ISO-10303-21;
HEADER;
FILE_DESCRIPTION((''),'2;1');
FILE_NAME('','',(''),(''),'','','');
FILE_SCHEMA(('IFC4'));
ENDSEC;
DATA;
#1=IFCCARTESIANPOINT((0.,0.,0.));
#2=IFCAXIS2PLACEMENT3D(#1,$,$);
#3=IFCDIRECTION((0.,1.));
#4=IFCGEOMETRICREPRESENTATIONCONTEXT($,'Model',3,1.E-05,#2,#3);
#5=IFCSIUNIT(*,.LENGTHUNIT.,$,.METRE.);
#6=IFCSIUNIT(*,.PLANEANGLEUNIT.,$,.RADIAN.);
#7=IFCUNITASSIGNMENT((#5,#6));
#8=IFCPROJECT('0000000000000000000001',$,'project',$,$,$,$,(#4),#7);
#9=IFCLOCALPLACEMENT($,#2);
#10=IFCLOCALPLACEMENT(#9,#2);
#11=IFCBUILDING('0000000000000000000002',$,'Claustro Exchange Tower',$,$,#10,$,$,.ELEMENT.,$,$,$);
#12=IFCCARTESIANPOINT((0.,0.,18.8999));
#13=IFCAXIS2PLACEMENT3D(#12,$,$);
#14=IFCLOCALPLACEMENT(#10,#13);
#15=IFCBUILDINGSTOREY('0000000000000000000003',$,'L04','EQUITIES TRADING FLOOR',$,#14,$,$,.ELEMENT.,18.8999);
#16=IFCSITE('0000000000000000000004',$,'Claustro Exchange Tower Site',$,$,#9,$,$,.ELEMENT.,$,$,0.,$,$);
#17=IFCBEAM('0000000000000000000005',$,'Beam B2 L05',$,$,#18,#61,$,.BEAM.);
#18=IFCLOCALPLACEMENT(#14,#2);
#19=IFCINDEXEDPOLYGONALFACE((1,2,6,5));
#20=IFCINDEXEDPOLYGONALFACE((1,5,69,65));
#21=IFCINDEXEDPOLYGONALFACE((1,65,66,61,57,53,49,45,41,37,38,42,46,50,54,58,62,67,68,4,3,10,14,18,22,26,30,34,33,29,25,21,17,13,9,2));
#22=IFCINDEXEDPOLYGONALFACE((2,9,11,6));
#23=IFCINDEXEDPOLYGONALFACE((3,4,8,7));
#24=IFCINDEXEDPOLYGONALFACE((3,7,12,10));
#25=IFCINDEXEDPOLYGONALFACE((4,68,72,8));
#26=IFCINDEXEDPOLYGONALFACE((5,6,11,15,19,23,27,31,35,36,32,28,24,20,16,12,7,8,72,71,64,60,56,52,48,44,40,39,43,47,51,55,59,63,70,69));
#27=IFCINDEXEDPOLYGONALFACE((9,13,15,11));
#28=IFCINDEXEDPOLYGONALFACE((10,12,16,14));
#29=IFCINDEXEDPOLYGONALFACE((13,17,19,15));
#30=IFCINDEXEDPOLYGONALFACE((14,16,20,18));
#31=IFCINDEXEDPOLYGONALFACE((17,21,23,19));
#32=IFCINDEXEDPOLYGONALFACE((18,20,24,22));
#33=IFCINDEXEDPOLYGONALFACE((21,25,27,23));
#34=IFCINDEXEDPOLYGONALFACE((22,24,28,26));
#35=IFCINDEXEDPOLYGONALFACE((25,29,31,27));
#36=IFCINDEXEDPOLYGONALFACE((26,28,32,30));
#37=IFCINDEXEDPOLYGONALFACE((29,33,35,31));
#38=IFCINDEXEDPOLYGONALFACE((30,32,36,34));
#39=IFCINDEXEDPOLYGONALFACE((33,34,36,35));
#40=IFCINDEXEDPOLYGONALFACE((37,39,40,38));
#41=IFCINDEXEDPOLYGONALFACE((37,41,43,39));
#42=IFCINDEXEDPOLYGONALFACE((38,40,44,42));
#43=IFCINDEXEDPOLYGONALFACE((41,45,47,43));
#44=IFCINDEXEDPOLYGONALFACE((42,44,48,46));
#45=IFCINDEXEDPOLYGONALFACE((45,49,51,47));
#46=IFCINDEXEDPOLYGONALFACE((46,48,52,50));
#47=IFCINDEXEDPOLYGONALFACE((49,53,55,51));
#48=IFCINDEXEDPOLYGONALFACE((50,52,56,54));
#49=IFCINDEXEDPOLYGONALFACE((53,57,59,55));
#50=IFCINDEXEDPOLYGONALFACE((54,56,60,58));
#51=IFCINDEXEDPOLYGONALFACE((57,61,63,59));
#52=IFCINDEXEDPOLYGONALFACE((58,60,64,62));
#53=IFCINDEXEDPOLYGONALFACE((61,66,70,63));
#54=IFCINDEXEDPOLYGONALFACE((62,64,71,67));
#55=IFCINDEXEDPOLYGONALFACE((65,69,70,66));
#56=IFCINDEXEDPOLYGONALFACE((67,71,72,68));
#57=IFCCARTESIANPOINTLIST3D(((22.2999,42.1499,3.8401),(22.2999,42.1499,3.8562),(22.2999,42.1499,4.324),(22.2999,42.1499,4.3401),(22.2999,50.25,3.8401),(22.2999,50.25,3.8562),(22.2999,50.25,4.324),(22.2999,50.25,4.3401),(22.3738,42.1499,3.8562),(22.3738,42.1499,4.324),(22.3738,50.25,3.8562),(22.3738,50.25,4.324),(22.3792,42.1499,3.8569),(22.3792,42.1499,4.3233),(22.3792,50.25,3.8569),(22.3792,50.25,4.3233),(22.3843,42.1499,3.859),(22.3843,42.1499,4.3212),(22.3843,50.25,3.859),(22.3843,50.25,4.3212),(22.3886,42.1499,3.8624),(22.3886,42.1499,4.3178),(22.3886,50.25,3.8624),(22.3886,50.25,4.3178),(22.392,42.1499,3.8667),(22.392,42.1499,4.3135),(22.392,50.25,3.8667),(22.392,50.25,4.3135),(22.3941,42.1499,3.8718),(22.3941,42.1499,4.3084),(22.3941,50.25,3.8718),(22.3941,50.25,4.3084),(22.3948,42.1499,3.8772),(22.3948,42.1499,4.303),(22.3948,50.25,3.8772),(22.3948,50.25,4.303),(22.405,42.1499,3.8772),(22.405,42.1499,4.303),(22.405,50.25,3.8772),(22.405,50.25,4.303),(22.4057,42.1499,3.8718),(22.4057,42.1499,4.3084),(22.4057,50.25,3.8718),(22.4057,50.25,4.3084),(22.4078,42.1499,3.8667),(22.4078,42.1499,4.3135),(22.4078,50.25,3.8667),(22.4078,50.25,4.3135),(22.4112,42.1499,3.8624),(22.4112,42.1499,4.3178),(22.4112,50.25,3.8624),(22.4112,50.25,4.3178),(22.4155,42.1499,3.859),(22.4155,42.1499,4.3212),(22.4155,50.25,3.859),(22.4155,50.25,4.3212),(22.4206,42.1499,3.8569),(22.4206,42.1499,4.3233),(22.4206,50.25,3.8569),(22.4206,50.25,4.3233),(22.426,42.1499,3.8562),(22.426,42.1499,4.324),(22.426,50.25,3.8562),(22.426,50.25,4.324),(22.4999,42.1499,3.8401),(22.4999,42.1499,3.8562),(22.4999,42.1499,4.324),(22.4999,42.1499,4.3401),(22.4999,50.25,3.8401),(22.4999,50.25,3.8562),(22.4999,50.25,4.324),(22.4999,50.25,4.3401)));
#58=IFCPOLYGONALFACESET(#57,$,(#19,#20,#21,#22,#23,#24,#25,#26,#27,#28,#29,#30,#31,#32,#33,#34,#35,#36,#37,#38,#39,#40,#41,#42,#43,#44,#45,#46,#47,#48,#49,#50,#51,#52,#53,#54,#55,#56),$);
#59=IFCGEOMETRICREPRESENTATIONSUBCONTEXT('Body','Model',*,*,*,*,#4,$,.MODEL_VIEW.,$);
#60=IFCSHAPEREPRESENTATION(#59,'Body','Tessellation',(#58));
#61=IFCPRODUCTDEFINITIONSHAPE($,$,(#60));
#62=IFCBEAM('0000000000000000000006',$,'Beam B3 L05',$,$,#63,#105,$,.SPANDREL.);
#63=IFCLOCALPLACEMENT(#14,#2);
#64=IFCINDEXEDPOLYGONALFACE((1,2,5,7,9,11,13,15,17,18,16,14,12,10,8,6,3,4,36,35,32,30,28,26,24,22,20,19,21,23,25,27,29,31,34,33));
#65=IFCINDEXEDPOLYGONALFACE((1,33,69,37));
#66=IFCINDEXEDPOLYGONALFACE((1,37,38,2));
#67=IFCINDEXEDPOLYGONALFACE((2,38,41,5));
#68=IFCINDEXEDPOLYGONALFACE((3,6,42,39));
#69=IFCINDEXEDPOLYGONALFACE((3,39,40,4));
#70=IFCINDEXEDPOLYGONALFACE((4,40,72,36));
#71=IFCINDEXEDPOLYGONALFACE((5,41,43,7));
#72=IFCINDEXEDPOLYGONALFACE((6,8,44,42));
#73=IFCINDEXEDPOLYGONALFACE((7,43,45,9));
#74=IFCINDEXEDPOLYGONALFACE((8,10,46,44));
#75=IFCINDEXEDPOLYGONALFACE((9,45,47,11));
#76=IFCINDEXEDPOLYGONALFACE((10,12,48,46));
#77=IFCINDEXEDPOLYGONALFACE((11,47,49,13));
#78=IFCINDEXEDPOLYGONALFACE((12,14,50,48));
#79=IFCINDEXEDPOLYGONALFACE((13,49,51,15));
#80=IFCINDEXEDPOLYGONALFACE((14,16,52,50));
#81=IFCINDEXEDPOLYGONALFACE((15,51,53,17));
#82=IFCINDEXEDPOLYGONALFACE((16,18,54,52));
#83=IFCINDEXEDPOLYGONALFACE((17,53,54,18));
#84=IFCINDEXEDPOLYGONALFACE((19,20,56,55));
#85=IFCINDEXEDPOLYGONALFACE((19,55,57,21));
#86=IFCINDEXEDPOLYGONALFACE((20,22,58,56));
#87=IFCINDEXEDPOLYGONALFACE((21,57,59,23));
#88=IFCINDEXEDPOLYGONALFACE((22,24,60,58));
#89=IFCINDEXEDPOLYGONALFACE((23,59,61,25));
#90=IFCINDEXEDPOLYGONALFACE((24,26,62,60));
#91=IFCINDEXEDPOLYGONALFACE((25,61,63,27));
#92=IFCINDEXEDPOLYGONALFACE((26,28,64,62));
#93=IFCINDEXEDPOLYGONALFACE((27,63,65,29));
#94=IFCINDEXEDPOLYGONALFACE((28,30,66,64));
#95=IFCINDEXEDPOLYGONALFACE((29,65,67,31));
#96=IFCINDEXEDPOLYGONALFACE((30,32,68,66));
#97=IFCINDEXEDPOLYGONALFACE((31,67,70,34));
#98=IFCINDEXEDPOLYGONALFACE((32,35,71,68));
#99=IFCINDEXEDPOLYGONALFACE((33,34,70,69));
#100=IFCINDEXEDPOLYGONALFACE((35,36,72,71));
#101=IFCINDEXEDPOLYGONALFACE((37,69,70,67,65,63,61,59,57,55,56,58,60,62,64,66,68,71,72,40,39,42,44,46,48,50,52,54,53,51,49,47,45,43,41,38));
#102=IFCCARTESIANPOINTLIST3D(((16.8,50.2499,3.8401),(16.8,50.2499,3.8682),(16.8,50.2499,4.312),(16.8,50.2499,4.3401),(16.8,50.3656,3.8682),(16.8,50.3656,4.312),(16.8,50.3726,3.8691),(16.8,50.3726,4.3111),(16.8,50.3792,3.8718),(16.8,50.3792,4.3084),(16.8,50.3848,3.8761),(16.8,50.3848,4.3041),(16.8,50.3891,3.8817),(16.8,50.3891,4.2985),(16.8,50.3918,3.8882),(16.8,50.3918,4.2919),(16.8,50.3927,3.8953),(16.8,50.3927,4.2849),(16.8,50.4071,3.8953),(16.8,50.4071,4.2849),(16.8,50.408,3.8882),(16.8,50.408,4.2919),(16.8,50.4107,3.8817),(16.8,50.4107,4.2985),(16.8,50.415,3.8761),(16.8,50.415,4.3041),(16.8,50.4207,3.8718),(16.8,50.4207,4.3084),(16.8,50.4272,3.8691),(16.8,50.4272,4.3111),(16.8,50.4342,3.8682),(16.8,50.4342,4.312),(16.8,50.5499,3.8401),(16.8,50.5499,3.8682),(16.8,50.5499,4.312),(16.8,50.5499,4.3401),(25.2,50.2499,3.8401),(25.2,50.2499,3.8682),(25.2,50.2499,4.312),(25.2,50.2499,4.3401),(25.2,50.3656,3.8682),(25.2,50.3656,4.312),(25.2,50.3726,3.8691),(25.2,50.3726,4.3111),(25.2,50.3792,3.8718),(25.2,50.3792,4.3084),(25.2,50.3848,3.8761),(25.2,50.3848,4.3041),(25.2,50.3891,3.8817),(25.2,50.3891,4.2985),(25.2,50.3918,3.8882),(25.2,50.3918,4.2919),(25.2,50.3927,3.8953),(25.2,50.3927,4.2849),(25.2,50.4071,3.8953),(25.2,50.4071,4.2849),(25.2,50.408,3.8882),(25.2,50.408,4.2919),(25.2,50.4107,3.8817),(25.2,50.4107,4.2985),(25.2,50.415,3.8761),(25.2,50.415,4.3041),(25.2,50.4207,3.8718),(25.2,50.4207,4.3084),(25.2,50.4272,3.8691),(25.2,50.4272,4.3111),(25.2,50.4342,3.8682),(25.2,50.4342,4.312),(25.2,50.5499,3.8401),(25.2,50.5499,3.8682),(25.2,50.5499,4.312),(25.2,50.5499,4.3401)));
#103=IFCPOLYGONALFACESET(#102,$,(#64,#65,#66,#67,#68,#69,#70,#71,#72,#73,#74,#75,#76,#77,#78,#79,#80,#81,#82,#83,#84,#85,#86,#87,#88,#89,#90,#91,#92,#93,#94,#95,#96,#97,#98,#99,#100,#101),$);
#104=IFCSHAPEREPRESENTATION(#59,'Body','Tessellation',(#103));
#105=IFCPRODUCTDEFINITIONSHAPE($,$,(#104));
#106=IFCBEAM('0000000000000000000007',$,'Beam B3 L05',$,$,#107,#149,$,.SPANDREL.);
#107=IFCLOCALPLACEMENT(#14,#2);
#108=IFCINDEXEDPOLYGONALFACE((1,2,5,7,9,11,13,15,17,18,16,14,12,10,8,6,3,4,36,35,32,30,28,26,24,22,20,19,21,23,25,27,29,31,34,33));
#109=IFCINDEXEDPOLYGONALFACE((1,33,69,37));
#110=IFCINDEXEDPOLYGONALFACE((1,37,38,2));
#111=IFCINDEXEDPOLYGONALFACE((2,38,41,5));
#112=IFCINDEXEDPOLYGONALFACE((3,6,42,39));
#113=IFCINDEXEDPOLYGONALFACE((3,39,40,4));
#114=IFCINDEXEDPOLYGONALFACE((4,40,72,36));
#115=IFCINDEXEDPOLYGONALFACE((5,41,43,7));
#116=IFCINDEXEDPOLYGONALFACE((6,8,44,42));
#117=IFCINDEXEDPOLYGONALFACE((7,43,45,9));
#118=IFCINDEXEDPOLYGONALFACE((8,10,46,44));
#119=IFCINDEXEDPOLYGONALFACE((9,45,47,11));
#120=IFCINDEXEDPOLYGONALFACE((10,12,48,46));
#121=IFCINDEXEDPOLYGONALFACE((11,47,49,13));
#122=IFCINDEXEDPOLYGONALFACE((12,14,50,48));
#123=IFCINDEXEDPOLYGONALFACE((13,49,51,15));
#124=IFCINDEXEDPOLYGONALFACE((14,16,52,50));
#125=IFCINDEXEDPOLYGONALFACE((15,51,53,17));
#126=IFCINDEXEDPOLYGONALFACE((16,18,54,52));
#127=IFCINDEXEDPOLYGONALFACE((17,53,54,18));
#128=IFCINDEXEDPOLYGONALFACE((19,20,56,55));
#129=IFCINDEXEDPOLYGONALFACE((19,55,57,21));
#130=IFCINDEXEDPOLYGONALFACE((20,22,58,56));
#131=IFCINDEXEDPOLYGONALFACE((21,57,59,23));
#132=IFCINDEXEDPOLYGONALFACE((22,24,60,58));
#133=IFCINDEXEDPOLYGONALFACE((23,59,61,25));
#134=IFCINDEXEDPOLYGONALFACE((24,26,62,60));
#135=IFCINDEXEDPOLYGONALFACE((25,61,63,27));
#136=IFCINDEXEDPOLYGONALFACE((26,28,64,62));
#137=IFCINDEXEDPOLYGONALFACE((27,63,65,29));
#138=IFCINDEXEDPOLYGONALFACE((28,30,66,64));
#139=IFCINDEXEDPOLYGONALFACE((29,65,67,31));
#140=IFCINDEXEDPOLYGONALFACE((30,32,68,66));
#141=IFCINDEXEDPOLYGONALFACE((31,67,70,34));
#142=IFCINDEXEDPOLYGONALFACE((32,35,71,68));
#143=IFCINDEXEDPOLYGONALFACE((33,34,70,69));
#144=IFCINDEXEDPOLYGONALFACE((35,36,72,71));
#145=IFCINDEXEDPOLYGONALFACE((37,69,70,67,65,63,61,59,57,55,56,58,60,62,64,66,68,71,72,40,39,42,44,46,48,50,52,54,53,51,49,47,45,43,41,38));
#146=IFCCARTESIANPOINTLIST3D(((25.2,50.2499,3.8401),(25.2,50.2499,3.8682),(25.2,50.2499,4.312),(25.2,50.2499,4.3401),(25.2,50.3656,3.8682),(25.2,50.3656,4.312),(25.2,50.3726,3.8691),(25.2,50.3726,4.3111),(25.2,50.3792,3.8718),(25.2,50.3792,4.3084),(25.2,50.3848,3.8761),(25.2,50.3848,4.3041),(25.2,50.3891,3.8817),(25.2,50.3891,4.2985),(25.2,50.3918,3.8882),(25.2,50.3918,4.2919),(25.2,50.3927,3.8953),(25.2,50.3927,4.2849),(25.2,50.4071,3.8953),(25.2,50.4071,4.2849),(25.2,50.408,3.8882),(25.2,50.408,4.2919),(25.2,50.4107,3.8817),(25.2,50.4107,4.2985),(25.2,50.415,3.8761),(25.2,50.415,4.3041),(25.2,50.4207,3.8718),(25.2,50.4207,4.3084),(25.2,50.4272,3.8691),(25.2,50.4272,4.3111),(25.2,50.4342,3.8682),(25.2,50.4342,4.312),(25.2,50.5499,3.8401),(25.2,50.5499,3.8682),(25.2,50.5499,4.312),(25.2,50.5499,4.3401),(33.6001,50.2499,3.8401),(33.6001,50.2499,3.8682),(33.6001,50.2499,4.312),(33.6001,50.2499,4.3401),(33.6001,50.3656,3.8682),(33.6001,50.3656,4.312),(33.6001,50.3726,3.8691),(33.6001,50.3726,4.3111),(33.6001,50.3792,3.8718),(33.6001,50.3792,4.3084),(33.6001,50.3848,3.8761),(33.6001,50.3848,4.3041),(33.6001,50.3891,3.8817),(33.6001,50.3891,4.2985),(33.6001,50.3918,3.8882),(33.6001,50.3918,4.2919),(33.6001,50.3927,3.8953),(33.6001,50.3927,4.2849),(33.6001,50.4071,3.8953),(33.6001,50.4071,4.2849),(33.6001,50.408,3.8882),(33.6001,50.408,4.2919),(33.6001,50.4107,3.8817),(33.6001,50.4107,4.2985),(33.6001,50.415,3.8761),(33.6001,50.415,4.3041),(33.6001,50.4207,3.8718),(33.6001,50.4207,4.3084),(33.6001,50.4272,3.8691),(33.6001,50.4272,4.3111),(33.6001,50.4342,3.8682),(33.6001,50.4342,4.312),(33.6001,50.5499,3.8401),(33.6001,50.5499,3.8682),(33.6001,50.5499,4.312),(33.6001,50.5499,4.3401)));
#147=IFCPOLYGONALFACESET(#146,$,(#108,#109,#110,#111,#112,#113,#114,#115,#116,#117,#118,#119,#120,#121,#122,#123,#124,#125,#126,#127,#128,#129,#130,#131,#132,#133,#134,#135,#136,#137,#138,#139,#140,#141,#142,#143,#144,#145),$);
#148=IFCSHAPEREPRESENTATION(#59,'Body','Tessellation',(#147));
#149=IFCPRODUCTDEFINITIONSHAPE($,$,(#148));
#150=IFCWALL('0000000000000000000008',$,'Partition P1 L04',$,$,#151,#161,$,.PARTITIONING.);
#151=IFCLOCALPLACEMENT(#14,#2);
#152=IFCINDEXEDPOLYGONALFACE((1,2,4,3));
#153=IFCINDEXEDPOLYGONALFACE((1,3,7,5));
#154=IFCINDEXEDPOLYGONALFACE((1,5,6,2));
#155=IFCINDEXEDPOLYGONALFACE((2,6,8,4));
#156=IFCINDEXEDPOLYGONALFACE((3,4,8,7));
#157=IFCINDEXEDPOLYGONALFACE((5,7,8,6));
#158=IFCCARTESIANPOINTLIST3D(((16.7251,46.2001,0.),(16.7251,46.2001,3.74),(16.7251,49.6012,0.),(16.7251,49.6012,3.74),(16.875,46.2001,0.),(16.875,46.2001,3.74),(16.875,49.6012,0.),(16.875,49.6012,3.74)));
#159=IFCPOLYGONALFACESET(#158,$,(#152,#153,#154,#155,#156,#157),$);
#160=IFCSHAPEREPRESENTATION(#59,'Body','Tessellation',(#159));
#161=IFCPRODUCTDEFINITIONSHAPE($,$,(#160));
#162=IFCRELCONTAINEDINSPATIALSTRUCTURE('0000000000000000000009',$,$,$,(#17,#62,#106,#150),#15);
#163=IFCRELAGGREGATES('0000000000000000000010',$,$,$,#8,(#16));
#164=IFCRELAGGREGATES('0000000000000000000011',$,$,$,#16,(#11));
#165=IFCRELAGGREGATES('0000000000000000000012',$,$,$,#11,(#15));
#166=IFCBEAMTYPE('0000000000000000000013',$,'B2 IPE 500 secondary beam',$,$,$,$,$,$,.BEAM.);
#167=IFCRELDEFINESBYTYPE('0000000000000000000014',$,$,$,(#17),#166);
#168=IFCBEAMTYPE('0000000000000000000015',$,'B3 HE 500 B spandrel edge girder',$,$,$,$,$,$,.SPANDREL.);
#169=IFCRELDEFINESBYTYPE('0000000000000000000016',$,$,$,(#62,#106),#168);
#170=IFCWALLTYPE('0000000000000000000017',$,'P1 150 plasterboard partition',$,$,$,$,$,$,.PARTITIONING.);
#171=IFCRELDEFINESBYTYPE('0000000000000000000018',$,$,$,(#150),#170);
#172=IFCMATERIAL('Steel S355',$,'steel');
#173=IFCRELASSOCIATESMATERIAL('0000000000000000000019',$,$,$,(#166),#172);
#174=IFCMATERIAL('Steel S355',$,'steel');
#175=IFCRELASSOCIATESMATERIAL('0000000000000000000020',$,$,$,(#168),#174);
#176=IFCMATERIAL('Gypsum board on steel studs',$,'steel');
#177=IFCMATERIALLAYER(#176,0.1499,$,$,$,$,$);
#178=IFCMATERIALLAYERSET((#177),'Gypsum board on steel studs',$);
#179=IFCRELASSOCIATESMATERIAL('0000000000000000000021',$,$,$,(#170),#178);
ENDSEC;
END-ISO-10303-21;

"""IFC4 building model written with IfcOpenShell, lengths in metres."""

from ifc_helpers import new_model, si_unit, direction, frame, frame_2d, origin, origin_2d, place, context, subcontext, project, spatial, rectangle, i_section, extrude, material, layer, layer_set, material_profile, profile_set, type_object, element, save


model = new_model("IFC4")

# Units and contexts
model_context = context("Model", 3, precision=1e-05, world=origin(), true_north=direction((0.0, 1.0)))
body_context = subcontext(model_context, "Body", "Model", "MODEL_VIEW")
ifc_project = project(units=[si_unit("LENGTHUNIT", "METRE"), si_unit("PLANEANGLEUNIT", "RADIAN")], contexts=[model_context])

# Site, building, storey
site_placement = place(None, origin())
site = spatial("IfcSite", under=ifc_project, at=site_placement, Name="Claustro Exchange Tower Site", CompositionType="ELEMENT", RefElevation=0.0)
building_placement = place(site_placement, origin())
building = spatial("IfcBuilding", under=site, at=building_placement, Name="Claustro Exchange Tower", CompositionType="ELEMENT")
storey_placement = place(building_placement, frame((0.0, 0.0, 18.8999)))
storey = spatial("IfcBuildingStorey", under=building, at=storey_placement, Name="L04", Description="EQUITIES TRADING FLOOR", CompositionType="ELEMENT", Elevation=18.8999)

# Beams
ifc_material_1 = material(Name="Steel S355", Category="steel")
ifc_material_profile_1 = material_profile(ifc_material_1, i_section(OverallWidth=0.2, OverallDepth=0.5, WebThickness=0.0103, FlangeThickness=0.0161, FilletRadius=0.021, at=origin_2d()), Name="IPE 500")
ifc_profile_set_1 = profile_set([ifc_material_profile_1], Name="Steel S355")
beam_type_1 = type_object("IfcBeamType", Name="B2 IPE 500 secondary beam", PredefinedType="BEAM", material=ifc_profile_set_1)
for number, where, z_axis, x_axis, name in (
    (1, (22.3999, 42.1499, 4.0901), (0.0, 1.0, 0.0), (-1.0, 0.0, 0.0), "Beam B2 L05"),
):
    element("IfcBeam", number, at=place(storey_placement, frame(where, z_axis=z_axis, x_axis=x_axis)), inside=storey, type_object=beam_type_1, Name=name, PredefinedType="BEAM", context=body_context, shape_type="SweptSolid", body=[
        extrude(i_section(OverallWidth=0.2, OverallDepth=0.5, WebThickness=0.0103, FlangeThickness=0.0161, FilletRadius=0.021, at=origin_2d()), origin(), (0.0, 0.0, 1.0), 8.1001),
    ])
ifc_material_2 = material(Name="Steel S355", Category="steel")
ifc_material_profile_2 = material_profile(ifc_material_2, i_section(OverallWidth=0.3, OverallDepth=0.5, WebThickness=0.0144, FlangeThickness=0.0281, FilletRadius=0.0271, at=origin_2d()), Name="HE 500 B")
ifc_profile_set_2 = profile_set([ifc_material_profile_2], Name="Steel S355")
beam_type_2 = type_object("IfcBeamType", Name="B3 HE 500 B spandrel edge girder", PredefinedType="SPANDREL", material=ifc_profile_set_2)
beam_1_placement = place(storey_placement, frame((16.8, 50.3999, 4.0901), z_axis=(1.0, 0.0, 0.0), x_axis=(0.0, 1.0, 0.0)))
element("IfcBeam", 2, at=beam_1_placement, inside=storey, type_object=beam_type_2, Name="Beam B3 L05", PredefinedType="SPANDREL", context=body_context, shape_type="SweptSolid", body=[
    extrude(i_section(OverallWidth=0.3, OverallDepth=0.5, WebThickness=0.0144, FlangeThickness=0.0281, FilletRadius=0.0271, at=origin_2d()), origin(), (0.0, 0.0, 1.0), 8.3999),
])
beam_2_placement = place(storey_placement, frame((25.2, 50.3999, 4.0901), z_axis=(1.0, 0.0, 0.0), x_axis=(0.0, 1.0, 0.0)))
element("IfcBeam", 3, at=beam_2_placement, inside=storey, type_object=beam_type_2, Name="Beam B3 L05", PredefinedType="SPANDREL", context=body_context, shape_type="SweptSolid", body=[
    extrude(i_section(OverallWidth=0.3, OverallDepth=0.5, WebThickness=0.0144, FlangeThickness=0.0281, FilletRadius=0.0271, at=origin_2d()), origin(), (0.0, 0.0, 1.0), 8.4001),
])

# Wall
ifc_material_3 = material(Name="Gypsum board on steel studs", Category="steel")
ifc_layer_1 = layer(ifc_material_3, 0.1499)
ifc_layer_set_1 = layer_set([ifc_layer_1], Name="Gypsum board on steel studs")
wall_type_1 = type_object("IfcWallType", Name="P1 150 plasterboard partition", PredefinedType="PARTITIONING", material=ifc_layer_set_1)
wall_1_placement = place(storey_placement, frame((16.8, 46.2, 0.0), z_axis=(0.0, 0.0, 1.0), x_axis=(0.0, 1.0, 0.0)))
element("IfcWall", 4, at=wall_1_placement, inside=storey, type_object=wall_type_1, Name="Partition P1 L04", PredefinedType="PARTITIONING", context=body_context, shape_type="SweptSolid", body=[
    extrude(rectangle(XDim=3.4011, YDim=0.1499, at=frame_2d((1.7007, 0.0))), origin(), (0.0, 0.0, 1.0), 3.74),
])

save(model, "model.ifc")
